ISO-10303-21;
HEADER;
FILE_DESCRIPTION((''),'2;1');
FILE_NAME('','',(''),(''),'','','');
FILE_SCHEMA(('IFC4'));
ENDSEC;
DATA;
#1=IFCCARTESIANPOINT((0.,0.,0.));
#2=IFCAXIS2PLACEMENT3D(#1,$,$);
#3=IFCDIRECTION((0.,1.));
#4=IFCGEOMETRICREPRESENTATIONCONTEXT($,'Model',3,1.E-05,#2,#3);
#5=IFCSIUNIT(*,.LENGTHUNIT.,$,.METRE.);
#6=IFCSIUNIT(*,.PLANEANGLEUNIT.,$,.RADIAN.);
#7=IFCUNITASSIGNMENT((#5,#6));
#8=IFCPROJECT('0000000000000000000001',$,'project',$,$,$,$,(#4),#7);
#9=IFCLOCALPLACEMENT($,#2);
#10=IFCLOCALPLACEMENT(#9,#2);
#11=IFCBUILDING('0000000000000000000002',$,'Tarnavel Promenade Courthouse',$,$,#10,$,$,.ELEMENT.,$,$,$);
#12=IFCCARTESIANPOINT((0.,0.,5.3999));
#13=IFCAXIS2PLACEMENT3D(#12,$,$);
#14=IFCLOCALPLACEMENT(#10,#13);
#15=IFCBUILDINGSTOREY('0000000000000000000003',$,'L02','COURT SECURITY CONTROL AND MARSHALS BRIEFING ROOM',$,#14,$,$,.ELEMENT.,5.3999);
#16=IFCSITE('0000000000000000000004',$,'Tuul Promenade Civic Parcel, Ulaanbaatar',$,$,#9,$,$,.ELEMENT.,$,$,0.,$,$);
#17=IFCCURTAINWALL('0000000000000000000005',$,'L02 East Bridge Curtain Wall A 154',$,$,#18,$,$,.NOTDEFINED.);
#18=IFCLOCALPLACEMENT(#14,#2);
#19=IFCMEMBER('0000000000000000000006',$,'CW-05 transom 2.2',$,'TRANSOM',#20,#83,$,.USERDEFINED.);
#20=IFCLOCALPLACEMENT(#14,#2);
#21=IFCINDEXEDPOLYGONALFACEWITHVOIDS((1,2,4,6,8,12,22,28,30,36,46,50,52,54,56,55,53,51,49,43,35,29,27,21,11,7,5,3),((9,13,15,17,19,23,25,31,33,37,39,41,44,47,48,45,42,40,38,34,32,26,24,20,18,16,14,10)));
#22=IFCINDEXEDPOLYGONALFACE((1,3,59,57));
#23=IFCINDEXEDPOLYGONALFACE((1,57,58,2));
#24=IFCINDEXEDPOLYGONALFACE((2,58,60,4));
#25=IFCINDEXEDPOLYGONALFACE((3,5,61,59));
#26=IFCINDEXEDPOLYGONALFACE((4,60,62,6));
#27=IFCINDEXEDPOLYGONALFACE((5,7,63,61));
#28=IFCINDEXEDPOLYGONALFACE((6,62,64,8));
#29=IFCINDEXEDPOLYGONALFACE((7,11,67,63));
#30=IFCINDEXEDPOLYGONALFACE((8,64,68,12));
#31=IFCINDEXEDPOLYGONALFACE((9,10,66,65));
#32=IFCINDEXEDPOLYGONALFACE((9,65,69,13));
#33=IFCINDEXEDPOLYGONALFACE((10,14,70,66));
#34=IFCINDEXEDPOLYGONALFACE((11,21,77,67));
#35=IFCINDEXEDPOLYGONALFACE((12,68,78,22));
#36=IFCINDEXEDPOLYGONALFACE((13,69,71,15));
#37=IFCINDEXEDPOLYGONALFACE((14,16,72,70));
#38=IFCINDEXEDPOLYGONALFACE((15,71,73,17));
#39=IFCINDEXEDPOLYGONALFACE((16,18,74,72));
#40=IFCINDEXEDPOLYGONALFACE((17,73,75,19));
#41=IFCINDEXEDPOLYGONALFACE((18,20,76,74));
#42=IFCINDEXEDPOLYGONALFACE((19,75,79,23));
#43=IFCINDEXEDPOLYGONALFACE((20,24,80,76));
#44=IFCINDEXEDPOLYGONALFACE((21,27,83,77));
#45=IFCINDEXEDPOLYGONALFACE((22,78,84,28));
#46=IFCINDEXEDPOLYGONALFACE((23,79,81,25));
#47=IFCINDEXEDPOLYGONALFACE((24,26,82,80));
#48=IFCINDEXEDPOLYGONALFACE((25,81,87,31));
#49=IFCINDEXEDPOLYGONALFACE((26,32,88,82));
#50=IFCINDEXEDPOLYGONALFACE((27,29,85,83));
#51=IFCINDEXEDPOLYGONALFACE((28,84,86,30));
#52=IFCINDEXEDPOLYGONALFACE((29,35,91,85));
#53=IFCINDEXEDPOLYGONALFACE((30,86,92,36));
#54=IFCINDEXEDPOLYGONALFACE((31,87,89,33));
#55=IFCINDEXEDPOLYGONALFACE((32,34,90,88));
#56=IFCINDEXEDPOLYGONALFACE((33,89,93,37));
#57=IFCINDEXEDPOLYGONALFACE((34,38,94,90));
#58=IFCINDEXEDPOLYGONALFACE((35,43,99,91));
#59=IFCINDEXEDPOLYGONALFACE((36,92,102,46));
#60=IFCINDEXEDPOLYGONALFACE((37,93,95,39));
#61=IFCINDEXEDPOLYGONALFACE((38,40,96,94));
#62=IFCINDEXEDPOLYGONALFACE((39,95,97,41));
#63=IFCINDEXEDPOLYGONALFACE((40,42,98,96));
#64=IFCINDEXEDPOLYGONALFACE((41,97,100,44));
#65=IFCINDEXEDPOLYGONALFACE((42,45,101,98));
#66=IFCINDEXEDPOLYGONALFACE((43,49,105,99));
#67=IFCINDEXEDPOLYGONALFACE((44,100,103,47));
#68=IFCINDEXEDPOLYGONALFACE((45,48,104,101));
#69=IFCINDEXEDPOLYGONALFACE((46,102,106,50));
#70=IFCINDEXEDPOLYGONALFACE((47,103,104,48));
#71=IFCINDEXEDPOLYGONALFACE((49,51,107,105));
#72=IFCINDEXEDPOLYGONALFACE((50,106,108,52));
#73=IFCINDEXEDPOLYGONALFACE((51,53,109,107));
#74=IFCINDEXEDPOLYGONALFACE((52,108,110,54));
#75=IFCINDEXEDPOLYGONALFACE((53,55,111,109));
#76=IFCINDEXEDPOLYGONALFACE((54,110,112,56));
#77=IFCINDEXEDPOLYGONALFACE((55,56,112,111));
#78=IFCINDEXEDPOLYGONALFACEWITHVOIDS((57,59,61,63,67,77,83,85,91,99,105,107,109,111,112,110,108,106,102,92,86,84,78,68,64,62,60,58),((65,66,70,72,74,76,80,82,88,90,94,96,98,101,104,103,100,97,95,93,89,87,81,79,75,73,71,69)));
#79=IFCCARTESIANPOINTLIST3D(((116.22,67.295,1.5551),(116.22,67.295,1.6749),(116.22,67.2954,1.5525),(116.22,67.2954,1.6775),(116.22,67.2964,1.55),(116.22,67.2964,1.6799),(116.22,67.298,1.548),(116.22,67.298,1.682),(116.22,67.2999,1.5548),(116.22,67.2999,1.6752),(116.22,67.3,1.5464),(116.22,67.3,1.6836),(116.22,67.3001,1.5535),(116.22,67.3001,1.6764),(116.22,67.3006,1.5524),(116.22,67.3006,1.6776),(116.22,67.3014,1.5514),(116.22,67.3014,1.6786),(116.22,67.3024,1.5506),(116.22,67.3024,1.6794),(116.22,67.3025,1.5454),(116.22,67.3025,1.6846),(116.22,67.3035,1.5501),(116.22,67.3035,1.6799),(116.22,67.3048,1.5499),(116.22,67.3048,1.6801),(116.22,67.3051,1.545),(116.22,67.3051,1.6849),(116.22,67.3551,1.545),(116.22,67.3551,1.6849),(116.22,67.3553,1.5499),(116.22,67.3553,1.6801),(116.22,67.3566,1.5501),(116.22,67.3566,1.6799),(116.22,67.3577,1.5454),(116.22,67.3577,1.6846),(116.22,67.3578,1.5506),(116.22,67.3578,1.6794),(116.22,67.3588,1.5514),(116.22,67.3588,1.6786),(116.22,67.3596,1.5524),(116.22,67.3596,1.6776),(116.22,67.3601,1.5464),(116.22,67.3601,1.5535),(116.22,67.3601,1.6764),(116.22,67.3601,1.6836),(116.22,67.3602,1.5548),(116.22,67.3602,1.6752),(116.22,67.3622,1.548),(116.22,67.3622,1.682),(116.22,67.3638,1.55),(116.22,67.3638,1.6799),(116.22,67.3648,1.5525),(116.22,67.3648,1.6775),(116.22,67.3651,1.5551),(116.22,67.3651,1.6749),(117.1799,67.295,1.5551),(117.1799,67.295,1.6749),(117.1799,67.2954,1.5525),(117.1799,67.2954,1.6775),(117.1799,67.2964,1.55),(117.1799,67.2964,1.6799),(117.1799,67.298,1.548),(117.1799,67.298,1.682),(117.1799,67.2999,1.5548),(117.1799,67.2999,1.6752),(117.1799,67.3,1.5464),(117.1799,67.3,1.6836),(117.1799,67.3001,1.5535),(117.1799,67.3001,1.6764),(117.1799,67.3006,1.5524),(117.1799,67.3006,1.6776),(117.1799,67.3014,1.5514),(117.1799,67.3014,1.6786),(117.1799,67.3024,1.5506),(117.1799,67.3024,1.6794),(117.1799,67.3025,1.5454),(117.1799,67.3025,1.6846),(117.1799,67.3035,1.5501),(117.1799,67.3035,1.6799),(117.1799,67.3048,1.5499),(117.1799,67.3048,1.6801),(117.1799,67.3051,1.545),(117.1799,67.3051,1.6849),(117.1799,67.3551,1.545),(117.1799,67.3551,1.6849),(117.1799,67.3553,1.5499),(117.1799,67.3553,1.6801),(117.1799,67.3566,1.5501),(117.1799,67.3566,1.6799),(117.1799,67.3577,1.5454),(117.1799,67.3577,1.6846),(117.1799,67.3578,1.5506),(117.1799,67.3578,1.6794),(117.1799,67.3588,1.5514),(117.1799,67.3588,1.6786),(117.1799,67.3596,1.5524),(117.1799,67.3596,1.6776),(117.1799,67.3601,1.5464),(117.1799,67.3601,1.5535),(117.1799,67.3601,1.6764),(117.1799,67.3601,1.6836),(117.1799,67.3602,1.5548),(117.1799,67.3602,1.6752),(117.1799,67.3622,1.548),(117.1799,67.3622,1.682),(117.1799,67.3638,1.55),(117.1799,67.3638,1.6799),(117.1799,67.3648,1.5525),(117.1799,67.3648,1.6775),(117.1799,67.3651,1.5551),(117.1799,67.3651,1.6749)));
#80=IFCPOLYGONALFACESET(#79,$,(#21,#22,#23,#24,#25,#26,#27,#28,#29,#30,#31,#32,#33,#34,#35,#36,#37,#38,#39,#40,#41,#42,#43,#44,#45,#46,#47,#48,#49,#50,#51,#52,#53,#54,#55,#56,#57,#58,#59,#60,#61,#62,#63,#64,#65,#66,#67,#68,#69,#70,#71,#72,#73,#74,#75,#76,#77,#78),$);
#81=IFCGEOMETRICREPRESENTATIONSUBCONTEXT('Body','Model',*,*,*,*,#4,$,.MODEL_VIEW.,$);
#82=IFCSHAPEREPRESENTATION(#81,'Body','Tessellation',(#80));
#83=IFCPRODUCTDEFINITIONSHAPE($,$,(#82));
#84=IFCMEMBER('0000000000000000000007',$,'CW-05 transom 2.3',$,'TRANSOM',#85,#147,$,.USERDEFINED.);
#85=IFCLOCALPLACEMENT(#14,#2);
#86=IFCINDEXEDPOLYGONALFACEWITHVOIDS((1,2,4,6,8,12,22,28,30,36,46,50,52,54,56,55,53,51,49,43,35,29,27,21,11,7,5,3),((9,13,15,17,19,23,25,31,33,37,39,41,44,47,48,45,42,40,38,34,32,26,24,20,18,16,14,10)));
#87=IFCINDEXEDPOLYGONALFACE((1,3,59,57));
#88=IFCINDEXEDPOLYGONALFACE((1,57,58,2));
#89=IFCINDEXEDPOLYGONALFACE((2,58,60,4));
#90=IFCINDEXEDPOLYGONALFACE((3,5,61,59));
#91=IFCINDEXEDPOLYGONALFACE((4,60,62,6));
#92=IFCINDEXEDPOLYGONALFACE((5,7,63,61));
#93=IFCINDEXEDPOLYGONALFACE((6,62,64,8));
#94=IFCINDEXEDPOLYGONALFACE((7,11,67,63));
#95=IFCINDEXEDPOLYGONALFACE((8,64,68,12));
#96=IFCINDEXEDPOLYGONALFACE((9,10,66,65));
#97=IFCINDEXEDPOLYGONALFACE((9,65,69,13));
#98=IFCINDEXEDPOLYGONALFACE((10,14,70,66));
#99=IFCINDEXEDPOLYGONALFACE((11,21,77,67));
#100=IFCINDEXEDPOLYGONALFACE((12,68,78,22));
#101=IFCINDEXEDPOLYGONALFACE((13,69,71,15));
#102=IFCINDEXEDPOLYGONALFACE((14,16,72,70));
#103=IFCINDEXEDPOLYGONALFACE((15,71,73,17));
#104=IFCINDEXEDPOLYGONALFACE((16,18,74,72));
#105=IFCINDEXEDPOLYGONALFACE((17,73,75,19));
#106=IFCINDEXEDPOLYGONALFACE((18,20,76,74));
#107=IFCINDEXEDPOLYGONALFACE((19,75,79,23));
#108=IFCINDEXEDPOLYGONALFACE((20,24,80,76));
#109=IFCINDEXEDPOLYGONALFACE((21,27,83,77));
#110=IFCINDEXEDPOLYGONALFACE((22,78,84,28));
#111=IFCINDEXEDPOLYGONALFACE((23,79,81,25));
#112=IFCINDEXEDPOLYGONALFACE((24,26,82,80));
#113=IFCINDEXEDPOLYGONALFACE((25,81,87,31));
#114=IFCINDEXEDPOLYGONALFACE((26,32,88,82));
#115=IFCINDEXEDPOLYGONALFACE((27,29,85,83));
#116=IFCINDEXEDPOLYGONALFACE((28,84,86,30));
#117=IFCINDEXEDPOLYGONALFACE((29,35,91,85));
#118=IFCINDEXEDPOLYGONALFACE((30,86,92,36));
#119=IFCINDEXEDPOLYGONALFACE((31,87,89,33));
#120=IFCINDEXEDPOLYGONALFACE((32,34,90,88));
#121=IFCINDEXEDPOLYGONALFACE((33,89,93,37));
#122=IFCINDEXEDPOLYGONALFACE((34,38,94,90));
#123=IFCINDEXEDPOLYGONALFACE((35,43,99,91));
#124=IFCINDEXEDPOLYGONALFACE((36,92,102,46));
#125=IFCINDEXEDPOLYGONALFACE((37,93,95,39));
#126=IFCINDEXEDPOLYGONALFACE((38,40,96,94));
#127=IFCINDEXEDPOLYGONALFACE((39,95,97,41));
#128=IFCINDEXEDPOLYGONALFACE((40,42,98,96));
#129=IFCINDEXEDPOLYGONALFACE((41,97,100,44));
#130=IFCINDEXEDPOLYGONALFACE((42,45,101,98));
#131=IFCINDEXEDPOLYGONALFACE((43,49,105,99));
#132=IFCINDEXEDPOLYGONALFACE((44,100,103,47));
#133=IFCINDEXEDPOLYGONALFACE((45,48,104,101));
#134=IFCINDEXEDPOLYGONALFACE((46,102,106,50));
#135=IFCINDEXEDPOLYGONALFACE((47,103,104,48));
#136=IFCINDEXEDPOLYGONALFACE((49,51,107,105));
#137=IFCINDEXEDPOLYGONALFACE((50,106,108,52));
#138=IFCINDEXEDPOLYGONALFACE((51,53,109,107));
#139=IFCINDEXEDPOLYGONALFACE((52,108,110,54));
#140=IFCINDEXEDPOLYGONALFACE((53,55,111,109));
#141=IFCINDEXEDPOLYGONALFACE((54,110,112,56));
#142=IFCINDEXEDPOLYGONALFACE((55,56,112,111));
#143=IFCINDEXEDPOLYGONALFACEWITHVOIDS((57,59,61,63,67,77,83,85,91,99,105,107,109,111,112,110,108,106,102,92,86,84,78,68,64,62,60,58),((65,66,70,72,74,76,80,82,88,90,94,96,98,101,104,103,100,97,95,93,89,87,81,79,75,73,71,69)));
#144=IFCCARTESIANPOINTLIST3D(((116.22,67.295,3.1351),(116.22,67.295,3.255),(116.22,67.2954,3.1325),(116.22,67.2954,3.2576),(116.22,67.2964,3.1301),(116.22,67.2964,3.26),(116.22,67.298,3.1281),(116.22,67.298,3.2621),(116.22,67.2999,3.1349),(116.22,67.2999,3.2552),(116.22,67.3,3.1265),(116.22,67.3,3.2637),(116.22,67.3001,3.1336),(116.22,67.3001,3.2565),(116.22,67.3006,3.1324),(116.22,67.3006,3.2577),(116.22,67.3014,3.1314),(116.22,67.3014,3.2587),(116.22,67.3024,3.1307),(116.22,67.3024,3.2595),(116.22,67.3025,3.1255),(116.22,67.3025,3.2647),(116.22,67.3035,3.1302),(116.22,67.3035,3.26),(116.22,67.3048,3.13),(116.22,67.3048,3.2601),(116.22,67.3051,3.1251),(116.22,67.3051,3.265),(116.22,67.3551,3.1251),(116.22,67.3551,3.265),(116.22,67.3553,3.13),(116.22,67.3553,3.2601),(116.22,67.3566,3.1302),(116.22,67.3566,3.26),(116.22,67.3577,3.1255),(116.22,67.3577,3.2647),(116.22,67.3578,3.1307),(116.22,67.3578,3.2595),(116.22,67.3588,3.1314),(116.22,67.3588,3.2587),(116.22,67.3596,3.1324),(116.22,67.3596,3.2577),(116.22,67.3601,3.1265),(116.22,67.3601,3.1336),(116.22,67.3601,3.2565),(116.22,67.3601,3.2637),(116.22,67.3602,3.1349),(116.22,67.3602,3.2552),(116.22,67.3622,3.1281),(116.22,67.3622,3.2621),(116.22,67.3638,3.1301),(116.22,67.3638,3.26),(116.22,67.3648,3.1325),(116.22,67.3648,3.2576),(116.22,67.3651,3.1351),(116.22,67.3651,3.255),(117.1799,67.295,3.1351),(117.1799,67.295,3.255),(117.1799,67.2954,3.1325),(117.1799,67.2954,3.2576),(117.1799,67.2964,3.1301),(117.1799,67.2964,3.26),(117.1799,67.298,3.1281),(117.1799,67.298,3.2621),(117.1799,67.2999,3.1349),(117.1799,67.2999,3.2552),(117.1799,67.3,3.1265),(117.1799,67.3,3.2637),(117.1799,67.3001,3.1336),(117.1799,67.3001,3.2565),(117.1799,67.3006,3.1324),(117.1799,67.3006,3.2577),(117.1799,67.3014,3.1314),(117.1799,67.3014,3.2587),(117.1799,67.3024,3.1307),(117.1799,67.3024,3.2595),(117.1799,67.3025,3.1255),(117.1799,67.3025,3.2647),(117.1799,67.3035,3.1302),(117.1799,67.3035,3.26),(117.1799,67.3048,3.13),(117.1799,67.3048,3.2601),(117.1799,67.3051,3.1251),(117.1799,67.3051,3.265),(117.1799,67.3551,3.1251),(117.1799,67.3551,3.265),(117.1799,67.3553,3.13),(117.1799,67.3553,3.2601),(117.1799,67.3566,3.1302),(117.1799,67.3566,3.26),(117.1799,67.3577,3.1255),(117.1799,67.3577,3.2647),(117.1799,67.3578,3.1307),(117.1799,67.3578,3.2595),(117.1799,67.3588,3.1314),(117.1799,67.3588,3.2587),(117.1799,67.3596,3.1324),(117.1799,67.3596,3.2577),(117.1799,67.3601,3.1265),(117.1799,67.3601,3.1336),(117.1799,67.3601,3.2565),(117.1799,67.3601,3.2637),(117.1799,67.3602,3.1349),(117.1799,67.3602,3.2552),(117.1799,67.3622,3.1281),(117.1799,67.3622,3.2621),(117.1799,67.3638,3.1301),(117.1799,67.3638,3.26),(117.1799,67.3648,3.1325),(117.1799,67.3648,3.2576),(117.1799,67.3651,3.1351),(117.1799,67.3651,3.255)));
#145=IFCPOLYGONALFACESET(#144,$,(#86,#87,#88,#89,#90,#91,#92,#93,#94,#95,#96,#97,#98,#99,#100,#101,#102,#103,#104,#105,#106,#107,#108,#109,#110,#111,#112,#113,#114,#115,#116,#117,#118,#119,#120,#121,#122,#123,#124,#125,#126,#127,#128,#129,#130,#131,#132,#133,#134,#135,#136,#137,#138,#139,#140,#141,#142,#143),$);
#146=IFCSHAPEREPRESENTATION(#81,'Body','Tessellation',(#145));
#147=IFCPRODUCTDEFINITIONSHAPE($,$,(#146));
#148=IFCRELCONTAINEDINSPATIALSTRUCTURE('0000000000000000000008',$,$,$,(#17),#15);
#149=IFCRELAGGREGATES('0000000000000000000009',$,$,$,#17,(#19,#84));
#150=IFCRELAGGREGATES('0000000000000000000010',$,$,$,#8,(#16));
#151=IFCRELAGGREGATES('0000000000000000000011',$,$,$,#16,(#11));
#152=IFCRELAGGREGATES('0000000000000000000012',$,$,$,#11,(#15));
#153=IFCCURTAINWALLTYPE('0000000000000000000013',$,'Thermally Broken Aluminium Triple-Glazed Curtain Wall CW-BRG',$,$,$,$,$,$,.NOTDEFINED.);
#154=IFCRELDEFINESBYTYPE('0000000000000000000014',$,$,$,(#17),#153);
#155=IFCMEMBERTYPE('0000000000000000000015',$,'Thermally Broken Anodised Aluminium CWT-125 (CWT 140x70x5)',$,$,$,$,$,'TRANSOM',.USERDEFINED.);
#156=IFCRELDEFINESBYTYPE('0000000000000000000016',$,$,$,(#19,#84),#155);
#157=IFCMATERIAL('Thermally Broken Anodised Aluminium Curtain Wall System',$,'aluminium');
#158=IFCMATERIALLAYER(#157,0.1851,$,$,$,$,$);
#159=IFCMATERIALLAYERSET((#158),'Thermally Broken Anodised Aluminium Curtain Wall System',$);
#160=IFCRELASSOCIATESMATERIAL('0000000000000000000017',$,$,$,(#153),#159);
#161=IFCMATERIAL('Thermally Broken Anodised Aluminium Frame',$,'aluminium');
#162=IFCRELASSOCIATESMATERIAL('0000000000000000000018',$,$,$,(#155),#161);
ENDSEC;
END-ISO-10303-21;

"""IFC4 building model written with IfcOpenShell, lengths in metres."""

from ifc_helpers import new_model, si_unit, direction, frame, origin, origin_2d, place, context, subcontext, project, spatial, hollow_rectangle, extrude, material, layer, layer_set, material_profile, profile_set, type_object, element, aggregate, save


model = new_model("IFC4")

# Units and contexts
model_context = context("Model", 3, precision=1e-05, world=origin(), true_north=direction((0.0, 1.0)))
body_context = subcontext(model_context, "Body", "Model", "MODEL_VIEW")
ifc_project = project(units=[si_unit("LENGTHUNIT", "METRE"), si_unit("PLANEANGLEUNIT", "RADIAN")], contexts=[model_context])

# Site, building, storey
site_placement = place(None, origin())
site = spatial("IfcSite", under=ifc_project, at=site_placement, Name="Tuul Promenade Civic Parcel, Ulaanbaatar", CompositionType="ELEMENT", RefElevation=0.0)
building_placement = place(site_placement, origin())
building = spatial("IfcBuilding", under=site, at=building_placement, Name="Tarnavel Promenade Courthouse", CompositionType="ELEMENT")
storey_placement = place(building_placement, frame((0.0, 0.0, 5.3999)))
storey = spatial("IfcBuildingStorey", under=building, at=storey_placement, Name="L02", Description="COURT SECURITY CONTROL AND MARSHALS BRIEFING ROOM", CompositionType="ELEMENT", Elevation=5.3999)

# Curtain wall
ifc_material_1 = material(Name="Thermally Broken Anodised Aluminium Curtain Wall System", Category="aluminium")
ifc_layer_1 = layer(ifc_material_1, 0.1851)
ifc_layer_set_1 = layer_set([ifc_layer_1], Name="Thermally Broken Anodised Aluminium Curtain Wall System")
curtain_wall_type = type_object("IfcCurtainWallType", Name="Thermally Broken Aluminium Triple-Glazed Curtain Wall CW-BRG", PredefinedType="NOTDEFINED", material=ifc_layer_set_1)
curtain_wall_1_placement = place(storey_placement, origin())
curtain_wall_1 = element("IfcCurtainWall", 1, at=curtain_wall_1_placement, inside=storey, type_object=curtain_wall_type, Name="L02 East Bridge Curtain Wall A 154", PredefinedType="NOTDEFINED")
ifc_material_2 = material(Name="Thermally Broken Anodised Aluminium Frame", Category="aluminium")

# Members
ifc_material_profile_1 = material_profile(ifc_material_2, hollow_rectangle(XDim=0.0701, YDim=0.1399, WallThickness=0.0049, InnerFilletRadius=0.0049, OuterFilletRadius=0.01, at=origin_2d()), Name="CWT 140x70x5")
ifc_profile_set_1 = profile_set([ifc_material_profile_1], Name="Thermally Broken Anodised Aluminium Frame")
member_type_1 = type_object("IfcMemberType", Name="Thermally Broken Anodised Aluminium CWT-125 (CWT 140x70x5)", ElementType="TRANSOM", PredefinedType="USERDEFINED", material=ifc_profile_set_1)
member_1_placement = place(storey_placement, frame((116.22, 67.3301, 1.615), z_axis=(1.0, 0.0, 0.0), x_axis=(0.0, 1.0, 0.0)))
member_1 = element("IfcMember", 2, at=member_1_placement, type_object=member_type_1, Name="CW-05 transom 2.2", ObjectType="TRANSOM", PredefinedType="USERDEFINED", context=body_context, shape_type="SweptSolid", body=[
    extrude(hollow_rectangle(XDim=0.0701, YDim=0.1399, WallThickness=0.0049, InnerFilletRadius=0.0049, OuterFilletRadius=0.01, at=origin_2d()), origin(), (0.0, 0.0, 1.0), 0.96),
])
member_2_placement = place(storey_placement, frame((116.22, 67.3301, 3.1951), z_axis=(1.0, 0.0, 0.0), x_axis=(0.0, 1.0, 0.0)))
member_2 = element("IfcMember", 3, at=member_2_placement, type_object=member_type_1, Name="CW-05 transom 2.3", ObjectType="TRANSOM", PredefinedType="USERDEFINED", context=body_context, shape_type="SweptSolid", body=[
    extrude(hollow_rectangle(XDim=0.0701, YDim=0.1399, WallThickness=0.0049, InnerFilletRadius=0.0049, OuterFilletRadius=0.01, at=origin_2d()), origin(), (0.0, 0.0, 1.0), 0.96),
])

aggregate(curtain_wall_1, [member_1, member_2])

save(model, "model.ifc")
